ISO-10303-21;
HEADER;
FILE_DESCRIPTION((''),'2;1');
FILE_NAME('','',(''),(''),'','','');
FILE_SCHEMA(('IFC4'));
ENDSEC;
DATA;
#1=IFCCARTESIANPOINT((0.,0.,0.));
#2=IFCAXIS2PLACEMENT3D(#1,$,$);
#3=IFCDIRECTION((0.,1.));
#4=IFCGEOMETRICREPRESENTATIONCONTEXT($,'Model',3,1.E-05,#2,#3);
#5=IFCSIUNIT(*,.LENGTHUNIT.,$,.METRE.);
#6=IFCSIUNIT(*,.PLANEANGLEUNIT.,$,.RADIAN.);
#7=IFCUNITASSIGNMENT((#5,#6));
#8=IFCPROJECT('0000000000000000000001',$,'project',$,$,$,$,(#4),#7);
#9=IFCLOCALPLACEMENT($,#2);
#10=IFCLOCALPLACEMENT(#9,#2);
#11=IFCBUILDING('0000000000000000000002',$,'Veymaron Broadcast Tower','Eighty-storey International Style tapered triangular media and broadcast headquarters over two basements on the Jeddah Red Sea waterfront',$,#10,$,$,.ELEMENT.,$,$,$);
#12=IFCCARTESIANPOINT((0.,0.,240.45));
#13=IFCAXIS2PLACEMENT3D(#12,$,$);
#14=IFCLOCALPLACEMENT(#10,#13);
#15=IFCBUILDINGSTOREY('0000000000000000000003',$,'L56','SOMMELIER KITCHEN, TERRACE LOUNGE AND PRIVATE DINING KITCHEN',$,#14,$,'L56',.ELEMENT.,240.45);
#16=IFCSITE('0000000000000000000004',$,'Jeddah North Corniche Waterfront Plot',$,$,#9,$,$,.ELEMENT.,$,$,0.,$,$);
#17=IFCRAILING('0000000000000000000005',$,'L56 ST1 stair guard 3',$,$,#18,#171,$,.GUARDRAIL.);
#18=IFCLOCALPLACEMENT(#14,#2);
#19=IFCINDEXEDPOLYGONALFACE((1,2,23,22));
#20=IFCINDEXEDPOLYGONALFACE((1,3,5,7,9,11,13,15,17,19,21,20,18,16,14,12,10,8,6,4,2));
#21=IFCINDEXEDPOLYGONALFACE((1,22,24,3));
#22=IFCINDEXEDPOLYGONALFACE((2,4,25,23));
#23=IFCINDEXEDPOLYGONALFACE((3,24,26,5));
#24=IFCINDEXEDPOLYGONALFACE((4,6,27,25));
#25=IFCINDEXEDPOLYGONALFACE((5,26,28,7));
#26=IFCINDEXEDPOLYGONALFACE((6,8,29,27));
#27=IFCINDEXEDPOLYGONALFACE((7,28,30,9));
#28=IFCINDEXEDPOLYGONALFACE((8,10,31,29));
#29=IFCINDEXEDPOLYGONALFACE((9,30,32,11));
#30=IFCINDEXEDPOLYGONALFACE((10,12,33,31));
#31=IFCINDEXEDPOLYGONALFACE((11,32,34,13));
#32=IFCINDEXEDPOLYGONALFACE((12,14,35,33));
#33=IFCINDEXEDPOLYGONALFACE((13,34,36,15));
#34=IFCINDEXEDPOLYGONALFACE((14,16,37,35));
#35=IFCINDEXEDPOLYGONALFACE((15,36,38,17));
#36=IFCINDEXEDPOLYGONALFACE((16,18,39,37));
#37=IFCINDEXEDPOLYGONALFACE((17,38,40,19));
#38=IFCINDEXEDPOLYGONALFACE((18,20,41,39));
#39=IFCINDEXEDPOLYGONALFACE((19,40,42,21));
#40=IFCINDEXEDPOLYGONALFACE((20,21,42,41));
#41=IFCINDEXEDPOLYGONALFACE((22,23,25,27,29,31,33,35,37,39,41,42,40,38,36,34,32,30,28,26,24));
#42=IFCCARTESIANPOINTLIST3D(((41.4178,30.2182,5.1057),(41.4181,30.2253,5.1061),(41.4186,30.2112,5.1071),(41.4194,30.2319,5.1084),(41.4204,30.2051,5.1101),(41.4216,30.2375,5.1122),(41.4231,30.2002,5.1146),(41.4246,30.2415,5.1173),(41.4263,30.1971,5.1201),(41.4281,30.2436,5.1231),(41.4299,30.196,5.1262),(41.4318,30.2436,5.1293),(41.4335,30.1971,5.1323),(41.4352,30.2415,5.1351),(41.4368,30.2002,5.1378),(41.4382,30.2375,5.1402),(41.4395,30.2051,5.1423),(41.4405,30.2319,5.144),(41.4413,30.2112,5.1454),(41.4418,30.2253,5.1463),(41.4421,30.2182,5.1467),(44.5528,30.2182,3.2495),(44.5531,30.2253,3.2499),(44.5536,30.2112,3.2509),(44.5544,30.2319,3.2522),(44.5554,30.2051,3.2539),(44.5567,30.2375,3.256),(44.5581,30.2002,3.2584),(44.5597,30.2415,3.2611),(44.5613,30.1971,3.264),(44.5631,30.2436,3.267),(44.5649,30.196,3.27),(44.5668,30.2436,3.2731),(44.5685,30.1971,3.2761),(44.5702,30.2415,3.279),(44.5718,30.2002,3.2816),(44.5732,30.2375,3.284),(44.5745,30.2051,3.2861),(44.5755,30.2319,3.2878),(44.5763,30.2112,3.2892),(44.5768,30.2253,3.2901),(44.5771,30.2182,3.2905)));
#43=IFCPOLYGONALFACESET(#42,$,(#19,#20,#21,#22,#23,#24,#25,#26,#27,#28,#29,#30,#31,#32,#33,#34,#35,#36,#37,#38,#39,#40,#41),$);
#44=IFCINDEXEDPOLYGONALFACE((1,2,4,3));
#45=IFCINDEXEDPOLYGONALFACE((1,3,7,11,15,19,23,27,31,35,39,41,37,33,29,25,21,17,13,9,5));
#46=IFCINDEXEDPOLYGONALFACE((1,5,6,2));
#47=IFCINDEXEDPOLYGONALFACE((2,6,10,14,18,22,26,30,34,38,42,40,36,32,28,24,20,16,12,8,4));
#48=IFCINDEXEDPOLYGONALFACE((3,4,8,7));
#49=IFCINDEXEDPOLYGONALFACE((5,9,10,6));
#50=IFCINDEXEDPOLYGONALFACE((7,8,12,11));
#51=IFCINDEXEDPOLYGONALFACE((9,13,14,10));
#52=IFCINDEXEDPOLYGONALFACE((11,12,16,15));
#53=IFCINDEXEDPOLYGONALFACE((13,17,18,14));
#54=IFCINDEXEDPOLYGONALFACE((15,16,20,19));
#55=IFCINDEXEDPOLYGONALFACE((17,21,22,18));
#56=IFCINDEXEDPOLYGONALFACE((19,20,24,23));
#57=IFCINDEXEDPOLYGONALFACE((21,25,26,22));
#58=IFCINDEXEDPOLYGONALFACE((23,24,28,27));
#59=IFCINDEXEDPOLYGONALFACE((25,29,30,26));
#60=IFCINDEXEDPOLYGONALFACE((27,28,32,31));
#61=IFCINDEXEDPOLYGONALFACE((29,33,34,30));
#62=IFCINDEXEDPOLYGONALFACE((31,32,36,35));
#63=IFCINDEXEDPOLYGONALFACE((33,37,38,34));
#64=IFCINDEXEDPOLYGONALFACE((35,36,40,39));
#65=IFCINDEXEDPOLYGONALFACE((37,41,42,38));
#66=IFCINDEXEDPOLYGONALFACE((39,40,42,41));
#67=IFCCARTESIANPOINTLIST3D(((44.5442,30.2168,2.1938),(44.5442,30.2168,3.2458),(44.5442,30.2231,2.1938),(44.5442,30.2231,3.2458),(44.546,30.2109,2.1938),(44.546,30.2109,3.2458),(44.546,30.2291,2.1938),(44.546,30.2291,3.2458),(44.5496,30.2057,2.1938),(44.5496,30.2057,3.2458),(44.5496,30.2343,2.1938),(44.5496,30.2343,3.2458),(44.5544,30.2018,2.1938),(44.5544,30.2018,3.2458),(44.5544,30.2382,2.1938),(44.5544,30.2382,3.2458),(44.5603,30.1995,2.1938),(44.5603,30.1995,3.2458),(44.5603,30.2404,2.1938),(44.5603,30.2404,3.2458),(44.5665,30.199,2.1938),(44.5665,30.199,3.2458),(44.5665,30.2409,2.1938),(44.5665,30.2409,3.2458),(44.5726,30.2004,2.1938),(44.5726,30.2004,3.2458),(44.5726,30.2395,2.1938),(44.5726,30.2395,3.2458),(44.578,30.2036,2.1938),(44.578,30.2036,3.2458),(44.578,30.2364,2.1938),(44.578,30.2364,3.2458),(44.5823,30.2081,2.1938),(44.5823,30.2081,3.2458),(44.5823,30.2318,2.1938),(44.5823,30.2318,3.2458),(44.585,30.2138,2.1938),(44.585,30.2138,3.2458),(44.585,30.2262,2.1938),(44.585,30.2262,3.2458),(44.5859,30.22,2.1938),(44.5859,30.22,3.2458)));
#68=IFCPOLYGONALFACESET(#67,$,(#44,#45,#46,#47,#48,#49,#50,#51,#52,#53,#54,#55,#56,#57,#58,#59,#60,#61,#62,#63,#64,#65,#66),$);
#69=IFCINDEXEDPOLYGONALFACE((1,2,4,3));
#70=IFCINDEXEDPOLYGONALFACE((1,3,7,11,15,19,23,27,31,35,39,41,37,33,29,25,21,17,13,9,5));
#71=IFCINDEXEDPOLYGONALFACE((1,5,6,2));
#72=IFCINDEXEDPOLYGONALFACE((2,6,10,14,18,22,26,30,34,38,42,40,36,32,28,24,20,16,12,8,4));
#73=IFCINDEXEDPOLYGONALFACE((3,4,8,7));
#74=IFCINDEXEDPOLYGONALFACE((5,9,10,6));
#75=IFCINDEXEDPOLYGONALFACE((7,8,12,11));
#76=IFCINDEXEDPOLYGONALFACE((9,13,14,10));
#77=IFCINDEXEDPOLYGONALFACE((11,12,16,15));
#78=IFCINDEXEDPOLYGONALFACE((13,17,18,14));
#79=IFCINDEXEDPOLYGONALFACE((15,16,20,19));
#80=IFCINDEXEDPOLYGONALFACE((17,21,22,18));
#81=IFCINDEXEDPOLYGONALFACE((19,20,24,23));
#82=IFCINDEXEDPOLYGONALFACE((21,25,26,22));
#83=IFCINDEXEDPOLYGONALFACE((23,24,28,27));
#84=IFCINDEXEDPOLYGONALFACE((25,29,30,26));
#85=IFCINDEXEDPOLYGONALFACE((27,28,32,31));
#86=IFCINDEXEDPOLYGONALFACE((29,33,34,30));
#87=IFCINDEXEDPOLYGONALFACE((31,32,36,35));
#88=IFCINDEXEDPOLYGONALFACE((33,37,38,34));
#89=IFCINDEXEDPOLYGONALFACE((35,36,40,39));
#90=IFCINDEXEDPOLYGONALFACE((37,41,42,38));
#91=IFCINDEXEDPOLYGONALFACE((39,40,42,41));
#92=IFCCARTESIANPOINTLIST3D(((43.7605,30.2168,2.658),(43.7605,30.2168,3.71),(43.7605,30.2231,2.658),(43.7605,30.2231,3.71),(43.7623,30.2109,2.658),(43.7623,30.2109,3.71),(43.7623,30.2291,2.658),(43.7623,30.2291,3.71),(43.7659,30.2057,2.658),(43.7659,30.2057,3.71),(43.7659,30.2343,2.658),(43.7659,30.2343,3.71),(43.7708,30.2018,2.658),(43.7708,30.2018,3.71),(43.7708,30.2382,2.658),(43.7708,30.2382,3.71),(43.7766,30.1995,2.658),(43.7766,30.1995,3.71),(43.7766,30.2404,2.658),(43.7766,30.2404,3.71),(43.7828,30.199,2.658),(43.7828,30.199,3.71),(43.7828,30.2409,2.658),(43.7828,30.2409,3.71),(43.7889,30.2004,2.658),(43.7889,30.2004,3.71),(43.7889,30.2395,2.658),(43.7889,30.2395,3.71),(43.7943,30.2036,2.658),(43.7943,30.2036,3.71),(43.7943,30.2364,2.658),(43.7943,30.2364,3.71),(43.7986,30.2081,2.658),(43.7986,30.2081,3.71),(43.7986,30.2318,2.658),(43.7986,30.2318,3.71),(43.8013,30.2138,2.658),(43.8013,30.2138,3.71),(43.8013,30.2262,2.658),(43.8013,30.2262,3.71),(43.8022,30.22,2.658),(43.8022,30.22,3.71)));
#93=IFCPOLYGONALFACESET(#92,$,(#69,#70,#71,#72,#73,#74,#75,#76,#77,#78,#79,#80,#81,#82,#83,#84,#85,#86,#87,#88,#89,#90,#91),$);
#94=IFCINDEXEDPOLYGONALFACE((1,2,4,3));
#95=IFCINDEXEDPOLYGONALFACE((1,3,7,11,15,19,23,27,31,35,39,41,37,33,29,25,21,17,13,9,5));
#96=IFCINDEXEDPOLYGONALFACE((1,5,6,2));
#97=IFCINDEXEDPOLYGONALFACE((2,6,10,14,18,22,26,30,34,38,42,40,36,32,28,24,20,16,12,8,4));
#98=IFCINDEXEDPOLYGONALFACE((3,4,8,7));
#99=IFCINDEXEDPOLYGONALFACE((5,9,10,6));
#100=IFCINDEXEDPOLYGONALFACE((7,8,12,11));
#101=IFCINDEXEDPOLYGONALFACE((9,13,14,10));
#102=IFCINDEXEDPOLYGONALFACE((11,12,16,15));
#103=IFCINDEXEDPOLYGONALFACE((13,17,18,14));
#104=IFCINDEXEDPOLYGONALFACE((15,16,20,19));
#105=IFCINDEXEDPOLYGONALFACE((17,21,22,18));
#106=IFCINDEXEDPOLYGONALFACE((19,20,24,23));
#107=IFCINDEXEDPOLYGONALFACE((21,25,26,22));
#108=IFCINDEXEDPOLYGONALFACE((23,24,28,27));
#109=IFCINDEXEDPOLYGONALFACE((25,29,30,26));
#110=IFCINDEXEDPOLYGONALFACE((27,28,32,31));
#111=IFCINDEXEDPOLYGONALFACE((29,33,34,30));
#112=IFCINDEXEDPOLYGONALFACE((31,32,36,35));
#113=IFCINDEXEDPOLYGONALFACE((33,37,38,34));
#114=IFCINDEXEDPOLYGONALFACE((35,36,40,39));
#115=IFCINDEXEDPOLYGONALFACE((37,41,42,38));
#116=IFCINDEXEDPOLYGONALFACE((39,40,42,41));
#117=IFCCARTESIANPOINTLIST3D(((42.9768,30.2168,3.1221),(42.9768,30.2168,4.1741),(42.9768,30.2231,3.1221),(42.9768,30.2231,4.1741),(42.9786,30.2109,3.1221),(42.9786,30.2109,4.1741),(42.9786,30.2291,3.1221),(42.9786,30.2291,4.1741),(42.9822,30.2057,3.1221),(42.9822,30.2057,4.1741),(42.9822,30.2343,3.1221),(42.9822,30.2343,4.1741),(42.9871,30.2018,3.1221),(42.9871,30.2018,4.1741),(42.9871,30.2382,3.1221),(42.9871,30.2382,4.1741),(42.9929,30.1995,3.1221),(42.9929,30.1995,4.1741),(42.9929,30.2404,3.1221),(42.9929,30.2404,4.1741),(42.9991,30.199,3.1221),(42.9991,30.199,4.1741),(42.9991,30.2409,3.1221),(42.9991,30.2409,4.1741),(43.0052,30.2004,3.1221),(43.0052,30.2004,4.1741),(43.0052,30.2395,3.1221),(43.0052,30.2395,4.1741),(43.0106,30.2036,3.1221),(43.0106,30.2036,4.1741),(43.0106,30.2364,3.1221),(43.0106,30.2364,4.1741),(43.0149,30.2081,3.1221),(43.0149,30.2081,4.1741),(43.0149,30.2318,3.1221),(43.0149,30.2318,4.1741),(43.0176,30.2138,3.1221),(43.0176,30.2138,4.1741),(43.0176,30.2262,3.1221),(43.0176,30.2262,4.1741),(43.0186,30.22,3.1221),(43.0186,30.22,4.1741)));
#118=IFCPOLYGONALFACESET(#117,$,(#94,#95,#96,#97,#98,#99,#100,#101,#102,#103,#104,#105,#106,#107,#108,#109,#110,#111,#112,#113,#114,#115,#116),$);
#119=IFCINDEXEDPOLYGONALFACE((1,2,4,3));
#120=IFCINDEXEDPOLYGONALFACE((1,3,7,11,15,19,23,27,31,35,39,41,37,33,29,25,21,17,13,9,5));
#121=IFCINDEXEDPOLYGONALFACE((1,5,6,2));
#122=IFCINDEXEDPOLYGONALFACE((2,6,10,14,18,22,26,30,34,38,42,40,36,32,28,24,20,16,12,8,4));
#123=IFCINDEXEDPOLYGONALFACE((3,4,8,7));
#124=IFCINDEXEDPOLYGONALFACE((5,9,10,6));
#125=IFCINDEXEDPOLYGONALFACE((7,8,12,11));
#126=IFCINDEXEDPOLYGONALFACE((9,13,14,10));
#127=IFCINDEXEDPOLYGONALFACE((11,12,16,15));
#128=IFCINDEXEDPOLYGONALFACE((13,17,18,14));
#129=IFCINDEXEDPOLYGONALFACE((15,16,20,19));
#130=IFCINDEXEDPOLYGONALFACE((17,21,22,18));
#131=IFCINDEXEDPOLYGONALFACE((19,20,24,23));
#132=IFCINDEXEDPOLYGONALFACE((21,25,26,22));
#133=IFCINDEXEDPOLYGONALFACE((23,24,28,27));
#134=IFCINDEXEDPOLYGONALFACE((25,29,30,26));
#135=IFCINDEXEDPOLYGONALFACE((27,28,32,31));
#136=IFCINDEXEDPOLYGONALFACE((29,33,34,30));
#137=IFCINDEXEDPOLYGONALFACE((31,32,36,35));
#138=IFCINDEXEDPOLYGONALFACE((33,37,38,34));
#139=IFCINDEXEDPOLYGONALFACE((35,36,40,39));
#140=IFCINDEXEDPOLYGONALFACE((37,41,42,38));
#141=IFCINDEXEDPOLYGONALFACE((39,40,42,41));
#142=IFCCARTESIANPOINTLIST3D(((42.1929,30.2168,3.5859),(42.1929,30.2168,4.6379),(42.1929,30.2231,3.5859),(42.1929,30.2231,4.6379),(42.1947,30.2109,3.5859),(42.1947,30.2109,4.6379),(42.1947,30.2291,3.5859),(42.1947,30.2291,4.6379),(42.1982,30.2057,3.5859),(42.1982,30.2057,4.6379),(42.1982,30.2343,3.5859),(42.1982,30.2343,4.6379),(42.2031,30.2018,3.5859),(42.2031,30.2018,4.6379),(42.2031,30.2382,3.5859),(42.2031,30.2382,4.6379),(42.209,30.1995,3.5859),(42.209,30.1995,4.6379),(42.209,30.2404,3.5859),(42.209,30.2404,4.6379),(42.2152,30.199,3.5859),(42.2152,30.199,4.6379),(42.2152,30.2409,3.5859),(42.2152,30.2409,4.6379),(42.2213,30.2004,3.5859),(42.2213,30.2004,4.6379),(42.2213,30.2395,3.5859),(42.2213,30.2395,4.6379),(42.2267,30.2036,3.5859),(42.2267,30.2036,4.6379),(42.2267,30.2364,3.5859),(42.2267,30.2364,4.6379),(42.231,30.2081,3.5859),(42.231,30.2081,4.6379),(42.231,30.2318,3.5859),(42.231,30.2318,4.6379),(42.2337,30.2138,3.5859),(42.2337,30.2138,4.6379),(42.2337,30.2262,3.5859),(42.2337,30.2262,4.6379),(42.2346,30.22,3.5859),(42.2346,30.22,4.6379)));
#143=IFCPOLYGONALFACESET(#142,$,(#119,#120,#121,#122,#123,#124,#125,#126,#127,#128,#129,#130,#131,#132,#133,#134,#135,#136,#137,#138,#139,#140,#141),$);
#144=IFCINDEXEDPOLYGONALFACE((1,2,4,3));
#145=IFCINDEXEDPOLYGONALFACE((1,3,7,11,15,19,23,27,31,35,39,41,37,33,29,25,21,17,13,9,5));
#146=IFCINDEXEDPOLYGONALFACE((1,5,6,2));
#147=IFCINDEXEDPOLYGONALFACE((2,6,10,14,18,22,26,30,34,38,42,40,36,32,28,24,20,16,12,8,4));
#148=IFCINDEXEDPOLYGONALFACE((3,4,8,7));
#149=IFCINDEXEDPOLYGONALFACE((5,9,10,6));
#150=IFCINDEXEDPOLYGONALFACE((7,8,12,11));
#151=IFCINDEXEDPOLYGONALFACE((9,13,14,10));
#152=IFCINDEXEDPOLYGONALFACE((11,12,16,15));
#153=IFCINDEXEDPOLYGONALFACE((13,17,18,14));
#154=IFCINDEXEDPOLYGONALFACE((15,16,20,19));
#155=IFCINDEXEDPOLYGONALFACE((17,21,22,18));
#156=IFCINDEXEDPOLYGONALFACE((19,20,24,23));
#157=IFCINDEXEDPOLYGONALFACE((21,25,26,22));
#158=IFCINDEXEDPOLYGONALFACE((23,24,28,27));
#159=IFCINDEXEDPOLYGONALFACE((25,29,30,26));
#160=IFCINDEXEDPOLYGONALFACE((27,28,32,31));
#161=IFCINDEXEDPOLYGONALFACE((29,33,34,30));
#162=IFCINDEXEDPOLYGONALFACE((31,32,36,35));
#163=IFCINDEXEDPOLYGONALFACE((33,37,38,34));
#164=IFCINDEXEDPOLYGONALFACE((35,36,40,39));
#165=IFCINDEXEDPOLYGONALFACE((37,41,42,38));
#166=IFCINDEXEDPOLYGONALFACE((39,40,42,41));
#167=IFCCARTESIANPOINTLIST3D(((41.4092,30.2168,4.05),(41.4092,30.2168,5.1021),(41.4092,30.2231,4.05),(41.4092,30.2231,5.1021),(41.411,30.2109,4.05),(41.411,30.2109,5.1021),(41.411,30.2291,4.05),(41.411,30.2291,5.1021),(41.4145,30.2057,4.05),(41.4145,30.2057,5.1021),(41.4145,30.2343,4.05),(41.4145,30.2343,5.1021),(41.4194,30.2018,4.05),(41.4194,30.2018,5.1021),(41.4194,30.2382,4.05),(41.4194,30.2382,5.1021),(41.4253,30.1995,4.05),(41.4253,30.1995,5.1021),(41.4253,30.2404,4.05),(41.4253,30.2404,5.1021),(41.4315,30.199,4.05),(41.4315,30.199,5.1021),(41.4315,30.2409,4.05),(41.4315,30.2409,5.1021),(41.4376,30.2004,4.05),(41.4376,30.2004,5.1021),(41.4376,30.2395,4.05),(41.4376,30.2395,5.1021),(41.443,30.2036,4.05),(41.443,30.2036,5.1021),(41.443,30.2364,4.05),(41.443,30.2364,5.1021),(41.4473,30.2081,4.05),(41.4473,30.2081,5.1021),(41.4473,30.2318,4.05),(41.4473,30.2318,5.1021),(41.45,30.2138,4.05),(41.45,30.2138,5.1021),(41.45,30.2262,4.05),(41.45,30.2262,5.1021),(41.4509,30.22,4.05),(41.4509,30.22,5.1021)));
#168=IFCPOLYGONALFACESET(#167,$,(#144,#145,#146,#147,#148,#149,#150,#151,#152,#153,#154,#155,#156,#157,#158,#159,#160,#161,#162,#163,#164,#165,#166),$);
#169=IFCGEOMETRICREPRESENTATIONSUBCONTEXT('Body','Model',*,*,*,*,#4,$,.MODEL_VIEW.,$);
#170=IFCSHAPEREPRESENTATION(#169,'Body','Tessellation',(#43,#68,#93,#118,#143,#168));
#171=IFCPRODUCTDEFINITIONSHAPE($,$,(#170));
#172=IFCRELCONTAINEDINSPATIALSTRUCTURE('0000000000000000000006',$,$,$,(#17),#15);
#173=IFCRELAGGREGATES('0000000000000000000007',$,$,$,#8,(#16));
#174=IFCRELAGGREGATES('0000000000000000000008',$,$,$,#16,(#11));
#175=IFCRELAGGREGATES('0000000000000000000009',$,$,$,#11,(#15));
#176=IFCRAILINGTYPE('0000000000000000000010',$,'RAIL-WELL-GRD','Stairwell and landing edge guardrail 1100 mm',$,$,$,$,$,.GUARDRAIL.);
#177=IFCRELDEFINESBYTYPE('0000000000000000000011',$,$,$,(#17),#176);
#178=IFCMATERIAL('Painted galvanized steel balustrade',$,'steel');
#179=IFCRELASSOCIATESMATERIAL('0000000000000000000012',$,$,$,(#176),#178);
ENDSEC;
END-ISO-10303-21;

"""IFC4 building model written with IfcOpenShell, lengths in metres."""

from ifc_helpers import new_model, si_unit, direction, frame, origin, origin_2d, place, context, subcontext, project, spatial, circle, extrude, material, type_object, element, save


model = new_model("IFC4")

# Units and contexts
model_context = context("Model", 3, precision=1e-05, world=origin(), true_north=direction((0.0, 1.0)))
body_context = subcontext(model_context, "Body", "Model", "MODEL_VIEW")
ifc_project = project(units=[si_unit("LENGTHUNIT", "METRE"), si_unit("PLANEANGLEUNIT", "RADIAN")], contexts=[model_context])

# Site, building, storey
site_placement = place(None, origin())
site = spatial("IfcSite", under=ifc_project, at=site_placement, Name="Jeddah North Corniche Waterfront Plot", CompositionType="ELEMENT", RefElevation=0.0)
building_placement = place(site_placement, origin())
building = spatial("IfcBuilding", under=site, at=building_placement, Name="Veymaron Broadcast Tower", Description="Eighty-storey International Style tapered triangular media and broadcast headquarters over two basements on the Jeddah Red Sea waterfront", CompositionType="ELEMENT")
storey_placement = place(building_placement, frame((0.0, 0.0, 240.45)))
storey = spatial("IfcBuildingStorey", under=building, at=storey_placement, Name="L56", Description="SOMMELIER KITCHEN, TERRACE LOUNGE AND PRIVATE DINING KITCHEN", LongName="L56", CompositionType="ELEMENT", Elevation=240.45)

# Railing
ifc_material_1 = material(Name="Painted galvanized steel balustrade", Category="steel")
railing_type_1 = type_object("IfcRailingType", Name="RAIL-WELL-GRD", Description="Stairwell and landing edge guardrail 1100 mm", PredefinedType="GUARDRAIL", material=ifc_material_1)
railing_1_placement = place(storey_placement, frame((44.5649, 30.22, 2.1938)))
element("IfcRailing", 1, at=railing_1_placement, inside=storey, type_object=railing_type_1, Name="L56 ST1 stair guard 3", PredefinedType="GUARDRAIL", context=body_context, shape_type="SweptSolid", body=[
    extrude(circle(Radius=0.0239, at=origin_2d()), frame((0.0, 0.0, 1.0762), z_axis=(-0.860482, 0.0, 0.509481), x_axis=(0.0, -1.0, 0.0)), (0.0, 0.0, 1.0), 3.6433),
    extrude(circle(Radius=0.021, at=origin_2d()), origin(), (0.0, 0.0, 1.0), 1.052),
    extrude(circle(Radius=0.021, at=origin_2d()), frame((-0.7837, 0.0, 0.4641)), (0.0, 0.0, 1.0), 1.052),
    extrude(circle(Radius=0.021, at=origin_2d()), frame((-1.5674, 0.0, 0.9282)), (0.0, 0.0, 1.0), 1.052),
    extrude(circle(Radius=0.021, at=origin_2d()), frame((-2.3513, 0.0, 1.3921)), (0.0, 0.0, 1.0), 1.052),
    extrude(circle(Radius=0.021, at=origin_2d()), frame((-3.135, 0.0, 1.8562)), (0.0, 0.0, 1.0), 1.052),
])

save(model, "model.ifc")
